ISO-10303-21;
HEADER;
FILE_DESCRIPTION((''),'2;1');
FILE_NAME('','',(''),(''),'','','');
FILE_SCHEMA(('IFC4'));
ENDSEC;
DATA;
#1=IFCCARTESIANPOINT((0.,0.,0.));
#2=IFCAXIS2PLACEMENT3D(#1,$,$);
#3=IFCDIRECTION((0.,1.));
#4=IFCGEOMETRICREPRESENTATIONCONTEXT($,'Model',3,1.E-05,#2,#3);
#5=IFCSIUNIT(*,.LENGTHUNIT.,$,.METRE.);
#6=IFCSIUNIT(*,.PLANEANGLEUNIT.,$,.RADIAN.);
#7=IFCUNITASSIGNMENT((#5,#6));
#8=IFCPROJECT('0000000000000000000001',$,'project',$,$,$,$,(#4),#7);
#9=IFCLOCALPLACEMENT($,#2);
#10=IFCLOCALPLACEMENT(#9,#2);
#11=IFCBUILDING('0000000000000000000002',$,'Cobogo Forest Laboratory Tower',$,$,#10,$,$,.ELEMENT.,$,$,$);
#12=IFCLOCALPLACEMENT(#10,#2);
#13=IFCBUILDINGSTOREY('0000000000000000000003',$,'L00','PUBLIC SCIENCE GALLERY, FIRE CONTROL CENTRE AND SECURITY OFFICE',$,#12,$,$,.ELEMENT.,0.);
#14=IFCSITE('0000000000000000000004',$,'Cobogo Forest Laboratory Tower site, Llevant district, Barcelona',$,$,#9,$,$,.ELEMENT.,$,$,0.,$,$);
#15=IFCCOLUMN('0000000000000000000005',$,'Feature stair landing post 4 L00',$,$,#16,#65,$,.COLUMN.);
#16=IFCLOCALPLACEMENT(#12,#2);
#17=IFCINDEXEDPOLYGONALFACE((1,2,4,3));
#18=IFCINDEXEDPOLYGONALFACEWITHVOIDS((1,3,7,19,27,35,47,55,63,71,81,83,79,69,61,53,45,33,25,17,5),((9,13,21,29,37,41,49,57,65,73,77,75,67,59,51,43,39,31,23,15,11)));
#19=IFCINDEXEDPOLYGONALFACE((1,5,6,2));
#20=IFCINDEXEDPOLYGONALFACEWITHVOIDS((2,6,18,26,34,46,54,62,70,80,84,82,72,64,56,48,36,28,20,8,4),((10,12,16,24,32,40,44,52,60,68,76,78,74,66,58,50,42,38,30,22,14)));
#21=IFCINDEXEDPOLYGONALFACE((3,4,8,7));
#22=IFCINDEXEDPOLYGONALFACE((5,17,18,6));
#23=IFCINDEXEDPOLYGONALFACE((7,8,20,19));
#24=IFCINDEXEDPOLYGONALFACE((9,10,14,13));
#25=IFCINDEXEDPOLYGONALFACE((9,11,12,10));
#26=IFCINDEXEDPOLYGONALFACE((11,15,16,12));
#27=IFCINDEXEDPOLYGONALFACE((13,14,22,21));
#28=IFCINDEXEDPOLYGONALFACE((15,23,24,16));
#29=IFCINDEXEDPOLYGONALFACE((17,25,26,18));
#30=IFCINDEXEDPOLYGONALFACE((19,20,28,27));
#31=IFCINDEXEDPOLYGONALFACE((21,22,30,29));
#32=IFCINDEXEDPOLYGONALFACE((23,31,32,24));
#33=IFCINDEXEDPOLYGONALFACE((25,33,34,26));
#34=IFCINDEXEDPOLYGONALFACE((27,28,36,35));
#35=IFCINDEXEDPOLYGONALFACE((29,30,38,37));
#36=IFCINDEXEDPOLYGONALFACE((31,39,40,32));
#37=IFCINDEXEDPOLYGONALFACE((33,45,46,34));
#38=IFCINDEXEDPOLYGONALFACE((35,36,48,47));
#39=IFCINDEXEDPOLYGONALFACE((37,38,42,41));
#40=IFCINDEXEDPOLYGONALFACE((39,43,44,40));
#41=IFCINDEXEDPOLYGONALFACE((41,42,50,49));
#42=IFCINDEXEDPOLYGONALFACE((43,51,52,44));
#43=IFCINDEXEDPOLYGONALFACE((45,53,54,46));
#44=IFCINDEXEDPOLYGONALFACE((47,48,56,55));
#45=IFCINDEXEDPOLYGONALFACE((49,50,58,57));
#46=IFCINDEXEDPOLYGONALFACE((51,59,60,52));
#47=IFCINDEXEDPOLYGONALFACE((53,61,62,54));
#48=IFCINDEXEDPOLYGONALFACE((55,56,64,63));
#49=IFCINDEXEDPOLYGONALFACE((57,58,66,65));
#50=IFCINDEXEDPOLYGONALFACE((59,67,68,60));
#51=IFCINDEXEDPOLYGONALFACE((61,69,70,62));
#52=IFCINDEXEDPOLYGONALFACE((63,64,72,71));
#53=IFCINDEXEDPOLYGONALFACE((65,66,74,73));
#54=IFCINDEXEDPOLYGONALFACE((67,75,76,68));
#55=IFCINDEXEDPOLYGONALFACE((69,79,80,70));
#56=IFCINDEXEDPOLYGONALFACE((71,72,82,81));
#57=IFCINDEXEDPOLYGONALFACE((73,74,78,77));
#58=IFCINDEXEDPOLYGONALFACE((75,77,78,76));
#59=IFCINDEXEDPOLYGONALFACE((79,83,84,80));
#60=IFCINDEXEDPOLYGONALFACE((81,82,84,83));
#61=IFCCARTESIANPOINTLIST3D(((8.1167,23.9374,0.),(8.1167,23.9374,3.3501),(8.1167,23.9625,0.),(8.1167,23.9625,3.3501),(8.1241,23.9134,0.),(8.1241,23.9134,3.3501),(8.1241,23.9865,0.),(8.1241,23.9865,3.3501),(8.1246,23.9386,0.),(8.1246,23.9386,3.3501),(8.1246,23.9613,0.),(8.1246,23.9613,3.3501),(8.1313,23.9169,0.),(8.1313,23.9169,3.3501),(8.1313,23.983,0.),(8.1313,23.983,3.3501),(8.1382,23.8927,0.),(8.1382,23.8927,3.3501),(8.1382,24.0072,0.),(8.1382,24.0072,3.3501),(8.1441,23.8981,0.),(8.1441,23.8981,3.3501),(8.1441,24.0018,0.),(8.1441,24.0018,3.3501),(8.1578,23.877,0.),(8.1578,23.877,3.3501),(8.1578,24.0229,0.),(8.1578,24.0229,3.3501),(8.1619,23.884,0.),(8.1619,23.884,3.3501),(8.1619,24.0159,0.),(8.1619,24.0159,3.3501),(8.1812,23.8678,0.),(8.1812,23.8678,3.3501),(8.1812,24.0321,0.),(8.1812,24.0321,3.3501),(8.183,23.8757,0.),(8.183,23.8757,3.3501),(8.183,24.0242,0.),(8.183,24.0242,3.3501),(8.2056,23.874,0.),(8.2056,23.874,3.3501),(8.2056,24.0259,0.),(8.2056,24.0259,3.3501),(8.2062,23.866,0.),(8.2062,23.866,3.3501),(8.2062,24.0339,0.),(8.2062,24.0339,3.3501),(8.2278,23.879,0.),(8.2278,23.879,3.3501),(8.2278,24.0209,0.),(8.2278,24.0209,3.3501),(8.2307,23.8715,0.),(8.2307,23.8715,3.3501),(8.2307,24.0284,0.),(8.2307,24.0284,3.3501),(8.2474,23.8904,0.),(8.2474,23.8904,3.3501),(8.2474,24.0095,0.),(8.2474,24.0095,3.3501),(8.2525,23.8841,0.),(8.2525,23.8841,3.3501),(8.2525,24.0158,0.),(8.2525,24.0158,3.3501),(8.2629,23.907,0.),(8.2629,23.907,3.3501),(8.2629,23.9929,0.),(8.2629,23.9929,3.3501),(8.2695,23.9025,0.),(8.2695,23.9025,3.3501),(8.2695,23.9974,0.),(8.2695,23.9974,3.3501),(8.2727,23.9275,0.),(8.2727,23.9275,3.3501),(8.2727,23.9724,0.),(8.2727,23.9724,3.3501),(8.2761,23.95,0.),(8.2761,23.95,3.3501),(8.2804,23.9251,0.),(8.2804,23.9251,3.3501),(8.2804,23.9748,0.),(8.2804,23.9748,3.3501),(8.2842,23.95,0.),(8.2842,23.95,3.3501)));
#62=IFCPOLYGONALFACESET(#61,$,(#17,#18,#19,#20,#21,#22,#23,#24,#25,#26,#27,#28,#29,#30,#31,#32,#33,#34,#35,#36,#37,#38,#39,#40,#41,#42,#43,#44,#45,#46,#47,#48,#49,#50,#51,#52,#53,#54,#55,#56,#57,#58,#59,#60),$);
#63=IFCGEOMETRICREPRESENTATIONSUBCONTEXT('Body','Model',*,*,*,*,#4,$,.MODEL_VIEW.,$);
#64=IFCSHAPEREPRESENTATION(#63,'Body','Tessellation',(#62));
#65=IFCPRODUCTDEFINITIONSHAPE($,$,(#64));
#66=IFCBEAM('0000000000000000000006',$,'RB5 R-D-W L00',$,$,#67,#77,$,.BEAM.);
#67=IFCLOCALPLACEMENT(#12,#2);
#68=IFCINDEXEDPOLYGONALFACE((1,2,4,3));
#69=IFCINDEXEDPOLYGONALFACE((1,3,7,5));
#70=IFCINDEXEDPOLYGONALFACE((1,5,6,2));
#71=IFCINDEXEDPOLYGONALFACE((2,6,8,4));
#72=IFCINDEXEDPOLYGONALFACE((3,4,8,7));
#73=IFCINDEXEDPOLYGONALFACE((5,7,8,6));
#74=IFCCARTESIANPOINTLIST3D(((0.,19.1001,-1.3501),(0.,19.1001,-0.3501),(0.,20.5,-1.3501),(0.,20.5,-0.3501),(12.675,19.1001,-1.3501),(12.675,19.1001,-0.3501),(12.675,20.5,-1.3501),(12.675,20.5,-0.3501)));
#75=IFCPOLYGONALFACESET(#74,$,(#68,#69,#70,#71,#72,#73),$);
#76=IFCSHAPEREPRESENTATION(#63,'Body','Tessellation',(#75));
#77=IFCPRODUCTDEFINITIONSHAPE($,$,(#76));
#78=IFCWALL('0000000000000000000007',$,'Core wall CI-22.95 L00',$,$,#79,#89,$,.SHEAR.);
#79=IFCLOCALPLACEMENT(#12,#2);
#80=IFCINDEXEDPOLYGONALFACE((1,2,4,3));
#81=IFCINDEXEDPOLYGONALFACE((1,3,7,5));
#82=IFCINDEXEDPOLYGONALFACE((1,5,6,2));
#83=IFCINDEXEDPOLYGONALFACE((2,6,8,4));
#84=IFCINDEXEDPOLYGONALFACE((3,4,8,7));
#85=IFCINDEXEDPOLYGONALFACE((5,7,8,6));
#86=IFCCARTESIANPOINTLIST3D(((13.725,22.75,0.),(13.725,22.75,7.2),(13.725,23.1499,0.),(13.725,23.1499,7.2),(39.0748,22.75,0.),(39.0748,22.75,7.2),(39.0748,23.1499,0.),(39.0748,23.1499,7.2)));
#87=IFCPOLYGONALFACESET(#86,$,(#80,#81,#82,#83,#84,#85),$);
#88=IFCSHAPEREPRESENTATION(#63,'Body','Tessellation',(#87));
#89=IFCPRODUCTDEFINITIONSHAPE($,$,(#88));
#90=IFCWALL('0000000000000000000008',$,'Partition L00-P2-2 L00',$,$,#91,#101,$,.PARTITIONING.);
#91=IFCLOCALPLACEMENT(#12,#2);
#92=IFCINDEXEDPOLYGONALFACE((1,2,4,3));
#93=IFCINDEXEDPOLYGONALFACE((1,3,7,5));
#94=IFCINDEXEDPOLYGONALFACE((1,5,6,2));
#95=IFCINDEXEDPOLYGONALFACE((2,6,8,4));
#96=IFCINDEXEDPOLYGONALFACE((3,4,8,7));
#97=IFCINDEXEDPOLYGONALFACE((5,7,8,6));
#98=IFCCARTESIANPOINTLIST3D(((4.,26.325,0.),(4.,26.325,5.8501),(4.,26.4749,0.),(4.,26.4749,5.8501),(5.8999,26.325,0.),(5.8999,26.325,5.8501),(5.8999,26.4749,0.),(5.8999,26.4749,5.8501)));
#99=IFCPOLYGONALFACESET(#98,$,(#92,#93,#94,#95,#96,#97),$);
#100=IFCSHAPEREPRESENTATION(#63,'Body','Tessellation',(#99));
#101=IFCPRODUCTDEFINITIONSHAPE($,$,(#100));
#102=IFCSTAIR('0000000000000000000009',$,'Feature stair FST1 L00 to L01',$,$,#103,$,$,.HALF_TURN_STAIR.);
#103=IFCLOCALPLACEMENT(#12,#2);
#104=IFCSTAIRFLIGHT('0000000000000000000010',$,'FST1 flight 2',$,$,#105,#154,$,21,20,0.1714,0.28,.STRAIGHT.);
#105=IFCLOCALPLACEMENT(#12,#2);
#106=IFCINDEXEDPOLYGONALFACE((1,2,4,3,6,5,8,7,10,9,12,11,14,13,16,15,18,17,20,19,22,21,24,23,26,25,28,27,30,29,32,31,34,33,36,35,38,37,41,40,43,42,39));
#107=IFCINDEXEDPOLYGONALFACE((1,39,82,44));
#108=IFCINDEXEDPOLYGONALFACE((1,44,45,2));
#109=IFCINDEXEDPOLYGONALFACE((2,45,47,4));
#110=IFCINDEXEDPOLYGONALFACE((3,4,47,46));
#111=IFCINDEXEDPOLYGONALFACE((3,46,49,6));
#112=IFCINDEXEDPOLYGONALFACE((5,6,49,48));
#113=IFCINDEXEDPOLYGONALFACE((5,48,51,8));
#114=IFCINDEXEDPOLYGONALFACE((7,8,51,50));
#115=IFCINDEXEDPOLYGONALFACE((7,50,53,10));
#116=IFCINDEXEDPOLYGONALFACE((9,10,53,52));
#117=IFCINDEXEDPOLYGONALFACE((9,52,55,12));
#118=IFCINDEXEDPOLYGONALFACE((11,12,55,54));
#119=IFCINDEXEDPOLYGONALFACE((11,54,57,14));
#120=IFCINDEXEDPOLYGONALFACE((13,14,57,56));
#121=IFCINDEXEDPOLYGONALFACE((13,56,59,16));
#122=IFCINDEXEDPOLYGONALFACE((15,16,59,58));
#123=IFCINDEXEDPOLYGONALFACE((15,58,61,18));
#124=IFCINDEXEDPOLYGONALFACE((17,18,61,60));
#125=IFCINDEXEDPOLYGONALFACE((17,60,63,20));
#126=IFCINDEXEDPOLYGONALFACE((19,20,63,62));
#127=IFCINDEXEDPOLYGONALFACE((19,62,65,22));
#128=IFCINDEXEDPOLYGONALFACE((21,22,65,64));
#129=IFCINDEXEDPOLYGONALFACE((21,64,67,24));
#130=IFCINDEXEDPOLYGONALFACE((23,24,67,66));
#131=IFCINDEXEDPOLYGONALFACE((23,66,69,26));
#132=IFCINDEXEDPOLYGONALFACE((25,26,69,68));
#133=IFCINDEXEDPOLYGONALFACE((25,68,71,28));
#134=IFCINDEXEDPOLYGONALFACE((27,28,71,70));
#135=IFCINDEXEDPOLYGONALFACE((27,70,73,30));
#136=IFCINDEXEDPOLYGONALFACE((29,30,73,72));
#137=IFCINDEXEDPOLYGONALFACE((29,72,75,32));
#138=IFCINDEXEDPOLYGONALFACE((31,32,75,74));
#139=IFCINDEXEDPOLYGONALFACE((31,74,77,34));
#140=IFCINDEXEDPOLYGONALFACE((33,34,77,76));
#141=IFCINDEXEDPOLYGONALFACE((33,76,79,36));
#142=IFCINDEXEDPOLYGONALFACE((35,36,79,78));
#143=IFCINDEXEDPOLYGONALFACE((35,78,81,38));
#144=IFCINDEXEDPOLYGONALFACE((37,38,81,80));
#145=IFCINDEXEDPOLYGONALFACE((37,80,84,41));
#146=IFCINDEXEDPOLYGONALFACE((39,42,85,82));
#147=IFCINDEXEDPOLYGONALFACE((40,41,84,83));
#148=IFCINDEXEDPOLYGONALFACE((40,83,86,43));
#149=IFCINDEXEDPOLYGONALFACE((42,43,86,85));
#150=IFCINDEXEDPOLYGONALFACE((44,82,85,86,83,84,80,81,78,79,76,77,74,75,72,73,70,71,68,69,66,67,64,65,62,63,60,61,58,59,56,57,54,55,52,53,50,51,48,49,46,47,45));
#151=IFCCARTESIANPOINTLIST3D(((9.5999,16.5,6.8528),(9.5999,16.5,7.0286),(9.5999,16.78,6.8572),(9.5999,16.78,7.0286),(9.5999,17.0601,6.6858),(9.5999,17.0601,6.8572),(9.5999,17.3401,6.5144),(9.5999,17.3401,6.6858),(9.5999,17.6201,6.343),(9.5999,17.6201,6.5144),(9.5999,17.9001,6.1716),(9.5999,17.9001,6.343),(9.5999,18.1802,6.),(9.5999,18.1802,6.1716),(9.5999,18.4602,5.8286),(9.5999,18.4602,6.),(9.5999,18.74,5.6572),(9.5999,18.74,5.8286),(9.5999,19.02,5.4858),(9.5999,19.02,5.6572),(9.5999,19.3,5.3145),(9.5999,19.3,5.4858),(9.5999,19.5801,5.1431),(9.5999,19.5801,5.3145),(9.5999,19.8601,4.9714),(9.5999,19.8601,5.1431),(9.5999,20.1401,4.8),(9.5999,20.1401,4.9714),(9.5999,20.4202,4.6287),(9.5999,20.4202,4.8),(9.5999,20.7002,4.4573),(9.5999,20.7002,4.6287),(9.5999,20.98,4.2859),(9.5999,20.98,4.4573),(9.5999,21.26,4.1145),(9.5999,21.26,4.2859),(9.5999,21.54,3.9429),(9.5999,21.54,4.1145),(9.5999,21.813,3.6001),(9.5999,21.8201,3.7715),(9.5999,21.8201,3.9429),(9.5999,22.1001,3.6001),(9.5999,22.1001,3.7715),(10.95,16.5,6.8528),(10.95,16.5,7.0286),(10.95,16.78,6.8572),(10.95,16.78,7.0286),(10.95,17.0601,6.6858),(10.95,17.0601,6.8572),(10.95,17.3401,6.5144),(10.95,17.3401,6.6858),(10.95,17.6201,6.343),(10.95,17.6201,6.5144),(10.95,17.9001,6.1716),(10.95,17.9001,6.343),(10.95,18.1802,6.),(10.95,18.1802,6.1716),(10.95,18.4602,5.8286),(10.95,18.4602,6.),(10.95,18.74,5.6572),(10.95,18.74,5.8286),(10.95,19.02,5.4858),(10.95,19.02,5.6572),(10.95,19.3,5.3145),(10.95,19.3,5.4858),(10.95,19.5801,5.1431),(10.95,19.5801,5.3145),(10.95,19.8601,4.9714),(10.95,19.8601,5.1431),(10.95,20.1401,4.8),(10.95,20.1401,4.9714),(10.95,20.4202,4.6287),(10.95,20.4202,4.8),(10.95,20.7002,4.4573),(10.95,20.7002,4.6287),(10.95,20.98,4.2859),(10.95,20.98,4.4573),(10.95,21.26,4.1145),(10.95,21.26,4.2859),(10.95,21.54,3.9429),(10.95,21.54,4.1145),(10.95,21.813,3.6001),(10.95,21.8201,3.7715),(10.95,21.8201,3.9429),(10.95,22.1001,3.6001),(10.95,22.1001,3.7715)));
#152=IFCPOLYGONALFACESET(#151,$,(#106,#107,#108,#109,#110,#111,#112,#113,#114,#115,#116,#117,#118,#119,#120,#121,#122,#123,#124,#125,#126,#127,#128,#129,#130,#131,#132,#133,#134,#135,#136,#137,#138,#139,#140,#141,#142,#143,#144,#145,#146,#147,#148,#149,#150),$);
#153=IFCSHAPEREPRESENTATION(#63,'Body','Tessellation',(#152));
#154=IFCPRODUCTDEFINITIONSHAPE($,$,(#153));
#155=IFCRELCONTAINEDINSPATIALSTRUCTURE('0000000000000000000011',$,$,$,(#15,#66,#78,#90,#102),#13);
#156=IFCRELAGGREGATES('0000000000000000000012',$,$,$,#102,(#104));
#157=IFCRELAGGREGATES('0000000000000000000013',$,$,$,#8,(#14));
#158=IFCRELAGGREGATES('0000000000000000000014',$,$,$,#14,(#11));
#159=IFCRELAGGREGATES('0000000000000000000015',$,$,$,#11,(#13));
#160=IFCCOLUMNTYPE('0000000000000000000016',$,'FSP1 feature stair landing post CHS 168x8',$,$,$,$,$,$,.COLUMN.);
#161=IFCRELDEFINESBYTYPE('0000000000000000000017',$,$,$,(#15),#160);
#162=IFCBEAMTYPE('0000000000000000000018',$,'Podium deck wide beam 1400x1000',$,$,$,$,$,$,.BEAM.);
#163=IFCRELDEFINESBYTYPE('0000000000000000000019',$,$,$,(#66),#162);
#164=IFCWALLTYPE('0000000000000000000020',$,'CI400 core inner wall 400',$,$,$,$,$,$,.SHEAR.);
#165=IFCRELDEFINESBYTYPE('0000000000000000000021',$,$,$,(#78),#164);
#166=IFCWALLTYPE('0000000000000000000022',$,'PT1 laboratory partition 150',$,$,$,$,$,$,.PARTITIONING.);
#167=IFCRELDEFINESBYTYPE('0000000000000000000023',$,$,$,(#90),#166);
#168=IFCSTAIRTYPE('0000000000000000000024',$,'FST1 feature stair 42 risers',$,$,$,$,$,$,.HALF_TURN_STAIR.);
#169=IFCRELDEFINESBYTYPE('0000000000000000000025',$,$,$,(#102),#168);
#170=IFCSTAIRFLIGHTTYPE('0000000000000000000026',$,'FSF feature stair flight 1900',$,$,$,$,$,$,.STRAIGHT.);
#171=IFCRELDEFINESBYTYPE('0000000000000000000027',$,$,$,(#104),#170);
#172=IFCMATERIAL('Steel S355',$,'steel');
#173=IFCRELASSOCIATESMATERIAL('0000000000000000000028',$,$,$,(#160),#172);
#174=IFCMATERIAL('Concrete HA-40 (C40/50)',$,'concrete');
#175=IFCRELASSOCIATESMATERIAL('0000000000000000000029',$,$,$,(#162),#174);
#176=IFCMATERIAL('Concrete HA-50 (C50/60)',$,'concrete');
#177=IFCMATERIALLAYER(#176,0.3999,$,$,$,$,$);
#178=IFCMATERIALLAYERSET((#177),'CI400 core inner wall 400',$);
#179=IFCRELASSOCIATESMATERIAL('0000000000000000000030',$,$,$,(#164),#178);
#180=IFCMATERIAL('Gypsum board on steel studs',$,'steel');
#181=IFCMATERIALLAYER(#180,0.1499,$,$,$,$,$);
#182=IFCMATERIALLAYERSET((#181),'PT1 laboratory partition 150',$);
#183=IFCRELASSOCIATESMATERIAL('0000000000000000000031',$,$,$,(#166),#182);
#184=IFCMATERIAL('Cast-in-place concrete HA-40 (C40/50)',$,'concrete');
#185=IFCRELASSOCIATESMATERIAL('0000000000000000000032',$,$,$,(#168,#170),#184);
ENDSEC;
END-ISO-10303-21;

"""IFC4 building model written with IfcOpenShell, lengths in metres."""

from ifc_helpers import new_model, si_unit, direction, frame, frame_2d, origin, origin_2d, place, context, subcontext, project, spatial, polyline, rectangle, hollow_circle, outline, extrude, material, layer, layer_set, material_profile, profile_set, type_object, element, aggregate, save


model = new_model("IFC4")

# Units and contexts
model_context = context("Model", 3, precision=1e-05, world=origin(), true_north=direction((0.0, 1.0)))
body_context = subcontext(model_context, "Body", "Model", "MODEL_VIEW")
ifc_project = project(units=[si_unit("LENGTHUNIT", "METRE"), si_unit("PLANEANGLEUNIT", "RADIAN")], contexts=[model_context])

# Site, building, storey
site_placement = place(None, origin())
site = spatial("IfcSite", under=ifc_project, at=site_placement, Name="Cobogo Forest Laboratory Tower site, Llevant district, Barcelona", CompositionType="ELEMENT", RefElevation=0.0)
building_placement = place(site_placement, origin())
building = spatial("IfcBuilding", under=site, at=building_placement, Name="Cobogo Forest Laboratory Tower", CompositionType="ELEMENT")
storey_placement = place(building_placement, origin())
storey = spatial("IfcBuildingStorey", under=building, at=storey_placement, Name="L00", Description="PUBLIC SCIENCE GALLERY, FIRE CONTROL CENTRE AND SECURITY OFFICE", CompositionType="ELEMENT", Elevation=0.0)

# Column
ifc_material_1 = material(Name="Concrete HA-50 (C50/60)", Category="concrete")
ifc_material_2 = material(Name="Steel S355", Category="steel")
ifc_material_profile_1 = material_profile(ifc_material_2, hollow_circle(Radius=0.0842, WallThickness=0.0081, at=origin_2d()), Name="CHS 168.3x8")
ifc_profile_set_1 = profile_set([ifc_material_profile_1], Name="Steel S355")
column_type_1 = type_object("IfcColumnType", Name="FSP1 feature stair landing post CHS 168x8", PredefinedType="COLUMN", material=ifc_profile_set_1)
for number, where, z_axis, x_axis, name in (
    (1, (8.2, 23.95, 0.0), (0.0, 0.0, 1.0), (1.0, 0.0, 0.0), "Feature stair landing post 4 L00"),
):
    element("IfcColumn", number, at=place(storey_placement, frame(where, z_axis=z_axis, x_axis=x_axis)), inside=storey, type_object=column_type_1, Name=name, PredefinedType="COLUMN", context=body_context, shape_type="SweptSolid", body=[
        extrude(hollow_circle(Radius=0.0842, WallThickness=0.0081, at=origin_2d()), origin(), (0.0, 0.0, 1.0), 3.3501),
    ])

# Beam
ifc_material_3 = material(Name="Concrete HA-40 (C40/50)", Category="concrete")
ifc_material_profile_2 = material_profile(ifc_material_3, rectangle(XDim=1.3999, YDim=1.0, at=origin_2d()), Name="RC 1400x1000")
ifc_profile_set_2 = profile_set([ifc_material_profile_2], Name="Concrete HA-40 (C40/50)")
beam_type = type_object("IfcBeamType", Name="Podium deck wide beam 1400x1000", PredefinedType="BEAM", material=ifc_profile_set_2)
beam_placement = place(storey_placement, frame((12.675, 19.8, -0.8501), z_axis=(-1.0, 0.0, 0.0), x_axis=(0.0, -1.0, 0.0)))
element("IfcBeam", 2, at=beam_placement, inside=storey, type_object=beam_type, Name="RB5 R-D-W L00", PredefinedType="BEAM", context=body_context, shape_type="SweptSolid", body=[
    extrude(rectangle(XDim=1.3999, YDim=1.0, at=origin_2d()), origin(), (0.0, 0.0, 1.0), 12.675),
])

# Walls
ifc_layer_1 = layer(ifc_material_1, 0.3999)
ifc_layer_set_1 = layer_set([ifc_layer_1], Name="CI400 core inner wall 400")
wall_type_1 = type_object("IfcWallType", Name="CI400 core inner wall 400", PredefinedType="SHEAR", material=ifc_layer_set_1)
wall_1_placement = place(storey_placement, frame((13.7251, 22.95, 0.0), z_axis=(0.0, 0.0, 1.0), x_axis=(1.0, 0.0, 0.0)))
element("IfcWall", 3, at=wall_1_placement, inside=storey, type_object=wall_type_1, Name="Core wall CI-22.95 L00", PredefinedType="SHEAR", context=body_context, shape_type="SweptSolid", body=[
    extrude(rectangle(XDim=25.3499, YDim=0.3999, at=frame_2d((12.6748, 0.0))), origin(), (0.0, 0.0, 1.0), 7.2),
])
ifc_material_4 = material(Name="Gypsum board on steel studs", Category="steel")
ifc_layer_2 = layer(ifc_material_4, 0.1499)
ifc_layer_set_2 = layer_set([ifc_layer_2], Name="PT1 laboratory partition 150")
wall_type_2 = type_object("IfcWallType", Name="PT1 laboratory partition 150", PredefinedType="PARTITIONING", material=ifc_layer_set_2)
wall_2_placement = place(storey_placement, frame((4.0, 26.3999, 0.0), z_axis=(0.0, 0.0, 1.0), x_axis=(1.0, 0.0, 0.0)))
element("IfcWall", 4, at=wall_2_placement, inside=storey, type_object=wall_type_2, Name="Partition L00-P2-2 L00", PredefinedType="PARTITIONING", context=body_context, shape_type="SweptSolid", body=[
    extrude(rectangle(XDim=1.8999, YDim=0.1499, at=frame_2d((0.95, 0.0))), origin(), (0.0, 0.0, 1.0), 5.8501),
])

# Stair, stair flight
ifc_material_5 = material(Name="Cast-in-place concrete HA-40 (C40/50)", Category="concrete")
stair_type = type_object("IfcStairType", Name="FST1 feature stair 42 risers", PredefinedType="HALF_TURN_STAIR", material=ifc_material_5)
stair_placement = place(storey_placement, origin())
stair = element("IfcStair", 5, at=stair_placement, inside=storey, type_object=stair_type, Name="Feature stair FST1 L00 to L01", PredefinedType="HALF_TURN_STAIR")
stair_flight_type = type_object("IfcStairFlightType", Name="FSF feature stair flight 1900", PredefinedType="STRAIGHT", material=ifc_material_5)
stair_flight_placement = place(storey_placement, frame((10.2749, 22.1001, 3.6001), z_axis=(0.0, 0.0, 1.0), x_axis=(0.0, -1.0, 0.0)))
stair_flight = element("IfcStairFlight", 6, at=stair_flight_placement, type_object=stair_flight_type, Name="FST1 flight 2", NumberOfRisers=21, NumberOfTreads=20, PredefinedType="STRAIGHT", RiserHeight=0.1714, TreadLength=0.28, context=body_context, shape_type="SweptSolid", body=[
    extrude(outline(polyline([(0.0, 0.0), (0.0, 0.1714), (0.28, 0.1714), (0.28, 0.3428), (0.5601, 0.3428), (0.5601, 0.5144), (0.8401, 0.5144), (0.8401, 0.6858), (1.1201, 0.6858), (1.1201, 0.8572), (1.3999, 0.8572), (1.3999, 1.0286), (1.6799, 1.0286), (1.6799, 1.2), (1.96, 1.2), (1.96, 1.3713), (2.24, 1.3713), (2.24, 1.543), (2.52, 1.543), (2.52, 1.7144), (2.8, 1.7144), (2.8, 1.8857), (3.0801, 1.8857), (3.0801, 2.0571), (3.3601, 2.0571), (3.3601, 2.2285), (3.6399, 2.2285), (3.6399, 2.3999), (3.9199, 2.3999), (3.9199, 2.5715), (4.2, 2.5715), (4.2, 2.7429), (4.48, 2.7429), (4.48, 2.9143), (4.76, 2.9143), (4.76, 3.0857), (5.04, 3.0857), (5.04, 3.2571), (5.3201, 3.2571), (5.3201, 3.4285), (5.6001, 3.4285), (5.6001, 3.6001), (5.6001, 3.2527), (0.2871, 0.0), (0.0, 0.0)])), frame((0.0, 0.675, 0.0), z_axis=(0.0, -1.0, 0.0), x_axis=(1.0, 0.0, 0.0)), (0.0, 0.0, 1.0), 1.3501),
])
aggregate(stair, [stair_flight])

save(model, "model.ifc")
